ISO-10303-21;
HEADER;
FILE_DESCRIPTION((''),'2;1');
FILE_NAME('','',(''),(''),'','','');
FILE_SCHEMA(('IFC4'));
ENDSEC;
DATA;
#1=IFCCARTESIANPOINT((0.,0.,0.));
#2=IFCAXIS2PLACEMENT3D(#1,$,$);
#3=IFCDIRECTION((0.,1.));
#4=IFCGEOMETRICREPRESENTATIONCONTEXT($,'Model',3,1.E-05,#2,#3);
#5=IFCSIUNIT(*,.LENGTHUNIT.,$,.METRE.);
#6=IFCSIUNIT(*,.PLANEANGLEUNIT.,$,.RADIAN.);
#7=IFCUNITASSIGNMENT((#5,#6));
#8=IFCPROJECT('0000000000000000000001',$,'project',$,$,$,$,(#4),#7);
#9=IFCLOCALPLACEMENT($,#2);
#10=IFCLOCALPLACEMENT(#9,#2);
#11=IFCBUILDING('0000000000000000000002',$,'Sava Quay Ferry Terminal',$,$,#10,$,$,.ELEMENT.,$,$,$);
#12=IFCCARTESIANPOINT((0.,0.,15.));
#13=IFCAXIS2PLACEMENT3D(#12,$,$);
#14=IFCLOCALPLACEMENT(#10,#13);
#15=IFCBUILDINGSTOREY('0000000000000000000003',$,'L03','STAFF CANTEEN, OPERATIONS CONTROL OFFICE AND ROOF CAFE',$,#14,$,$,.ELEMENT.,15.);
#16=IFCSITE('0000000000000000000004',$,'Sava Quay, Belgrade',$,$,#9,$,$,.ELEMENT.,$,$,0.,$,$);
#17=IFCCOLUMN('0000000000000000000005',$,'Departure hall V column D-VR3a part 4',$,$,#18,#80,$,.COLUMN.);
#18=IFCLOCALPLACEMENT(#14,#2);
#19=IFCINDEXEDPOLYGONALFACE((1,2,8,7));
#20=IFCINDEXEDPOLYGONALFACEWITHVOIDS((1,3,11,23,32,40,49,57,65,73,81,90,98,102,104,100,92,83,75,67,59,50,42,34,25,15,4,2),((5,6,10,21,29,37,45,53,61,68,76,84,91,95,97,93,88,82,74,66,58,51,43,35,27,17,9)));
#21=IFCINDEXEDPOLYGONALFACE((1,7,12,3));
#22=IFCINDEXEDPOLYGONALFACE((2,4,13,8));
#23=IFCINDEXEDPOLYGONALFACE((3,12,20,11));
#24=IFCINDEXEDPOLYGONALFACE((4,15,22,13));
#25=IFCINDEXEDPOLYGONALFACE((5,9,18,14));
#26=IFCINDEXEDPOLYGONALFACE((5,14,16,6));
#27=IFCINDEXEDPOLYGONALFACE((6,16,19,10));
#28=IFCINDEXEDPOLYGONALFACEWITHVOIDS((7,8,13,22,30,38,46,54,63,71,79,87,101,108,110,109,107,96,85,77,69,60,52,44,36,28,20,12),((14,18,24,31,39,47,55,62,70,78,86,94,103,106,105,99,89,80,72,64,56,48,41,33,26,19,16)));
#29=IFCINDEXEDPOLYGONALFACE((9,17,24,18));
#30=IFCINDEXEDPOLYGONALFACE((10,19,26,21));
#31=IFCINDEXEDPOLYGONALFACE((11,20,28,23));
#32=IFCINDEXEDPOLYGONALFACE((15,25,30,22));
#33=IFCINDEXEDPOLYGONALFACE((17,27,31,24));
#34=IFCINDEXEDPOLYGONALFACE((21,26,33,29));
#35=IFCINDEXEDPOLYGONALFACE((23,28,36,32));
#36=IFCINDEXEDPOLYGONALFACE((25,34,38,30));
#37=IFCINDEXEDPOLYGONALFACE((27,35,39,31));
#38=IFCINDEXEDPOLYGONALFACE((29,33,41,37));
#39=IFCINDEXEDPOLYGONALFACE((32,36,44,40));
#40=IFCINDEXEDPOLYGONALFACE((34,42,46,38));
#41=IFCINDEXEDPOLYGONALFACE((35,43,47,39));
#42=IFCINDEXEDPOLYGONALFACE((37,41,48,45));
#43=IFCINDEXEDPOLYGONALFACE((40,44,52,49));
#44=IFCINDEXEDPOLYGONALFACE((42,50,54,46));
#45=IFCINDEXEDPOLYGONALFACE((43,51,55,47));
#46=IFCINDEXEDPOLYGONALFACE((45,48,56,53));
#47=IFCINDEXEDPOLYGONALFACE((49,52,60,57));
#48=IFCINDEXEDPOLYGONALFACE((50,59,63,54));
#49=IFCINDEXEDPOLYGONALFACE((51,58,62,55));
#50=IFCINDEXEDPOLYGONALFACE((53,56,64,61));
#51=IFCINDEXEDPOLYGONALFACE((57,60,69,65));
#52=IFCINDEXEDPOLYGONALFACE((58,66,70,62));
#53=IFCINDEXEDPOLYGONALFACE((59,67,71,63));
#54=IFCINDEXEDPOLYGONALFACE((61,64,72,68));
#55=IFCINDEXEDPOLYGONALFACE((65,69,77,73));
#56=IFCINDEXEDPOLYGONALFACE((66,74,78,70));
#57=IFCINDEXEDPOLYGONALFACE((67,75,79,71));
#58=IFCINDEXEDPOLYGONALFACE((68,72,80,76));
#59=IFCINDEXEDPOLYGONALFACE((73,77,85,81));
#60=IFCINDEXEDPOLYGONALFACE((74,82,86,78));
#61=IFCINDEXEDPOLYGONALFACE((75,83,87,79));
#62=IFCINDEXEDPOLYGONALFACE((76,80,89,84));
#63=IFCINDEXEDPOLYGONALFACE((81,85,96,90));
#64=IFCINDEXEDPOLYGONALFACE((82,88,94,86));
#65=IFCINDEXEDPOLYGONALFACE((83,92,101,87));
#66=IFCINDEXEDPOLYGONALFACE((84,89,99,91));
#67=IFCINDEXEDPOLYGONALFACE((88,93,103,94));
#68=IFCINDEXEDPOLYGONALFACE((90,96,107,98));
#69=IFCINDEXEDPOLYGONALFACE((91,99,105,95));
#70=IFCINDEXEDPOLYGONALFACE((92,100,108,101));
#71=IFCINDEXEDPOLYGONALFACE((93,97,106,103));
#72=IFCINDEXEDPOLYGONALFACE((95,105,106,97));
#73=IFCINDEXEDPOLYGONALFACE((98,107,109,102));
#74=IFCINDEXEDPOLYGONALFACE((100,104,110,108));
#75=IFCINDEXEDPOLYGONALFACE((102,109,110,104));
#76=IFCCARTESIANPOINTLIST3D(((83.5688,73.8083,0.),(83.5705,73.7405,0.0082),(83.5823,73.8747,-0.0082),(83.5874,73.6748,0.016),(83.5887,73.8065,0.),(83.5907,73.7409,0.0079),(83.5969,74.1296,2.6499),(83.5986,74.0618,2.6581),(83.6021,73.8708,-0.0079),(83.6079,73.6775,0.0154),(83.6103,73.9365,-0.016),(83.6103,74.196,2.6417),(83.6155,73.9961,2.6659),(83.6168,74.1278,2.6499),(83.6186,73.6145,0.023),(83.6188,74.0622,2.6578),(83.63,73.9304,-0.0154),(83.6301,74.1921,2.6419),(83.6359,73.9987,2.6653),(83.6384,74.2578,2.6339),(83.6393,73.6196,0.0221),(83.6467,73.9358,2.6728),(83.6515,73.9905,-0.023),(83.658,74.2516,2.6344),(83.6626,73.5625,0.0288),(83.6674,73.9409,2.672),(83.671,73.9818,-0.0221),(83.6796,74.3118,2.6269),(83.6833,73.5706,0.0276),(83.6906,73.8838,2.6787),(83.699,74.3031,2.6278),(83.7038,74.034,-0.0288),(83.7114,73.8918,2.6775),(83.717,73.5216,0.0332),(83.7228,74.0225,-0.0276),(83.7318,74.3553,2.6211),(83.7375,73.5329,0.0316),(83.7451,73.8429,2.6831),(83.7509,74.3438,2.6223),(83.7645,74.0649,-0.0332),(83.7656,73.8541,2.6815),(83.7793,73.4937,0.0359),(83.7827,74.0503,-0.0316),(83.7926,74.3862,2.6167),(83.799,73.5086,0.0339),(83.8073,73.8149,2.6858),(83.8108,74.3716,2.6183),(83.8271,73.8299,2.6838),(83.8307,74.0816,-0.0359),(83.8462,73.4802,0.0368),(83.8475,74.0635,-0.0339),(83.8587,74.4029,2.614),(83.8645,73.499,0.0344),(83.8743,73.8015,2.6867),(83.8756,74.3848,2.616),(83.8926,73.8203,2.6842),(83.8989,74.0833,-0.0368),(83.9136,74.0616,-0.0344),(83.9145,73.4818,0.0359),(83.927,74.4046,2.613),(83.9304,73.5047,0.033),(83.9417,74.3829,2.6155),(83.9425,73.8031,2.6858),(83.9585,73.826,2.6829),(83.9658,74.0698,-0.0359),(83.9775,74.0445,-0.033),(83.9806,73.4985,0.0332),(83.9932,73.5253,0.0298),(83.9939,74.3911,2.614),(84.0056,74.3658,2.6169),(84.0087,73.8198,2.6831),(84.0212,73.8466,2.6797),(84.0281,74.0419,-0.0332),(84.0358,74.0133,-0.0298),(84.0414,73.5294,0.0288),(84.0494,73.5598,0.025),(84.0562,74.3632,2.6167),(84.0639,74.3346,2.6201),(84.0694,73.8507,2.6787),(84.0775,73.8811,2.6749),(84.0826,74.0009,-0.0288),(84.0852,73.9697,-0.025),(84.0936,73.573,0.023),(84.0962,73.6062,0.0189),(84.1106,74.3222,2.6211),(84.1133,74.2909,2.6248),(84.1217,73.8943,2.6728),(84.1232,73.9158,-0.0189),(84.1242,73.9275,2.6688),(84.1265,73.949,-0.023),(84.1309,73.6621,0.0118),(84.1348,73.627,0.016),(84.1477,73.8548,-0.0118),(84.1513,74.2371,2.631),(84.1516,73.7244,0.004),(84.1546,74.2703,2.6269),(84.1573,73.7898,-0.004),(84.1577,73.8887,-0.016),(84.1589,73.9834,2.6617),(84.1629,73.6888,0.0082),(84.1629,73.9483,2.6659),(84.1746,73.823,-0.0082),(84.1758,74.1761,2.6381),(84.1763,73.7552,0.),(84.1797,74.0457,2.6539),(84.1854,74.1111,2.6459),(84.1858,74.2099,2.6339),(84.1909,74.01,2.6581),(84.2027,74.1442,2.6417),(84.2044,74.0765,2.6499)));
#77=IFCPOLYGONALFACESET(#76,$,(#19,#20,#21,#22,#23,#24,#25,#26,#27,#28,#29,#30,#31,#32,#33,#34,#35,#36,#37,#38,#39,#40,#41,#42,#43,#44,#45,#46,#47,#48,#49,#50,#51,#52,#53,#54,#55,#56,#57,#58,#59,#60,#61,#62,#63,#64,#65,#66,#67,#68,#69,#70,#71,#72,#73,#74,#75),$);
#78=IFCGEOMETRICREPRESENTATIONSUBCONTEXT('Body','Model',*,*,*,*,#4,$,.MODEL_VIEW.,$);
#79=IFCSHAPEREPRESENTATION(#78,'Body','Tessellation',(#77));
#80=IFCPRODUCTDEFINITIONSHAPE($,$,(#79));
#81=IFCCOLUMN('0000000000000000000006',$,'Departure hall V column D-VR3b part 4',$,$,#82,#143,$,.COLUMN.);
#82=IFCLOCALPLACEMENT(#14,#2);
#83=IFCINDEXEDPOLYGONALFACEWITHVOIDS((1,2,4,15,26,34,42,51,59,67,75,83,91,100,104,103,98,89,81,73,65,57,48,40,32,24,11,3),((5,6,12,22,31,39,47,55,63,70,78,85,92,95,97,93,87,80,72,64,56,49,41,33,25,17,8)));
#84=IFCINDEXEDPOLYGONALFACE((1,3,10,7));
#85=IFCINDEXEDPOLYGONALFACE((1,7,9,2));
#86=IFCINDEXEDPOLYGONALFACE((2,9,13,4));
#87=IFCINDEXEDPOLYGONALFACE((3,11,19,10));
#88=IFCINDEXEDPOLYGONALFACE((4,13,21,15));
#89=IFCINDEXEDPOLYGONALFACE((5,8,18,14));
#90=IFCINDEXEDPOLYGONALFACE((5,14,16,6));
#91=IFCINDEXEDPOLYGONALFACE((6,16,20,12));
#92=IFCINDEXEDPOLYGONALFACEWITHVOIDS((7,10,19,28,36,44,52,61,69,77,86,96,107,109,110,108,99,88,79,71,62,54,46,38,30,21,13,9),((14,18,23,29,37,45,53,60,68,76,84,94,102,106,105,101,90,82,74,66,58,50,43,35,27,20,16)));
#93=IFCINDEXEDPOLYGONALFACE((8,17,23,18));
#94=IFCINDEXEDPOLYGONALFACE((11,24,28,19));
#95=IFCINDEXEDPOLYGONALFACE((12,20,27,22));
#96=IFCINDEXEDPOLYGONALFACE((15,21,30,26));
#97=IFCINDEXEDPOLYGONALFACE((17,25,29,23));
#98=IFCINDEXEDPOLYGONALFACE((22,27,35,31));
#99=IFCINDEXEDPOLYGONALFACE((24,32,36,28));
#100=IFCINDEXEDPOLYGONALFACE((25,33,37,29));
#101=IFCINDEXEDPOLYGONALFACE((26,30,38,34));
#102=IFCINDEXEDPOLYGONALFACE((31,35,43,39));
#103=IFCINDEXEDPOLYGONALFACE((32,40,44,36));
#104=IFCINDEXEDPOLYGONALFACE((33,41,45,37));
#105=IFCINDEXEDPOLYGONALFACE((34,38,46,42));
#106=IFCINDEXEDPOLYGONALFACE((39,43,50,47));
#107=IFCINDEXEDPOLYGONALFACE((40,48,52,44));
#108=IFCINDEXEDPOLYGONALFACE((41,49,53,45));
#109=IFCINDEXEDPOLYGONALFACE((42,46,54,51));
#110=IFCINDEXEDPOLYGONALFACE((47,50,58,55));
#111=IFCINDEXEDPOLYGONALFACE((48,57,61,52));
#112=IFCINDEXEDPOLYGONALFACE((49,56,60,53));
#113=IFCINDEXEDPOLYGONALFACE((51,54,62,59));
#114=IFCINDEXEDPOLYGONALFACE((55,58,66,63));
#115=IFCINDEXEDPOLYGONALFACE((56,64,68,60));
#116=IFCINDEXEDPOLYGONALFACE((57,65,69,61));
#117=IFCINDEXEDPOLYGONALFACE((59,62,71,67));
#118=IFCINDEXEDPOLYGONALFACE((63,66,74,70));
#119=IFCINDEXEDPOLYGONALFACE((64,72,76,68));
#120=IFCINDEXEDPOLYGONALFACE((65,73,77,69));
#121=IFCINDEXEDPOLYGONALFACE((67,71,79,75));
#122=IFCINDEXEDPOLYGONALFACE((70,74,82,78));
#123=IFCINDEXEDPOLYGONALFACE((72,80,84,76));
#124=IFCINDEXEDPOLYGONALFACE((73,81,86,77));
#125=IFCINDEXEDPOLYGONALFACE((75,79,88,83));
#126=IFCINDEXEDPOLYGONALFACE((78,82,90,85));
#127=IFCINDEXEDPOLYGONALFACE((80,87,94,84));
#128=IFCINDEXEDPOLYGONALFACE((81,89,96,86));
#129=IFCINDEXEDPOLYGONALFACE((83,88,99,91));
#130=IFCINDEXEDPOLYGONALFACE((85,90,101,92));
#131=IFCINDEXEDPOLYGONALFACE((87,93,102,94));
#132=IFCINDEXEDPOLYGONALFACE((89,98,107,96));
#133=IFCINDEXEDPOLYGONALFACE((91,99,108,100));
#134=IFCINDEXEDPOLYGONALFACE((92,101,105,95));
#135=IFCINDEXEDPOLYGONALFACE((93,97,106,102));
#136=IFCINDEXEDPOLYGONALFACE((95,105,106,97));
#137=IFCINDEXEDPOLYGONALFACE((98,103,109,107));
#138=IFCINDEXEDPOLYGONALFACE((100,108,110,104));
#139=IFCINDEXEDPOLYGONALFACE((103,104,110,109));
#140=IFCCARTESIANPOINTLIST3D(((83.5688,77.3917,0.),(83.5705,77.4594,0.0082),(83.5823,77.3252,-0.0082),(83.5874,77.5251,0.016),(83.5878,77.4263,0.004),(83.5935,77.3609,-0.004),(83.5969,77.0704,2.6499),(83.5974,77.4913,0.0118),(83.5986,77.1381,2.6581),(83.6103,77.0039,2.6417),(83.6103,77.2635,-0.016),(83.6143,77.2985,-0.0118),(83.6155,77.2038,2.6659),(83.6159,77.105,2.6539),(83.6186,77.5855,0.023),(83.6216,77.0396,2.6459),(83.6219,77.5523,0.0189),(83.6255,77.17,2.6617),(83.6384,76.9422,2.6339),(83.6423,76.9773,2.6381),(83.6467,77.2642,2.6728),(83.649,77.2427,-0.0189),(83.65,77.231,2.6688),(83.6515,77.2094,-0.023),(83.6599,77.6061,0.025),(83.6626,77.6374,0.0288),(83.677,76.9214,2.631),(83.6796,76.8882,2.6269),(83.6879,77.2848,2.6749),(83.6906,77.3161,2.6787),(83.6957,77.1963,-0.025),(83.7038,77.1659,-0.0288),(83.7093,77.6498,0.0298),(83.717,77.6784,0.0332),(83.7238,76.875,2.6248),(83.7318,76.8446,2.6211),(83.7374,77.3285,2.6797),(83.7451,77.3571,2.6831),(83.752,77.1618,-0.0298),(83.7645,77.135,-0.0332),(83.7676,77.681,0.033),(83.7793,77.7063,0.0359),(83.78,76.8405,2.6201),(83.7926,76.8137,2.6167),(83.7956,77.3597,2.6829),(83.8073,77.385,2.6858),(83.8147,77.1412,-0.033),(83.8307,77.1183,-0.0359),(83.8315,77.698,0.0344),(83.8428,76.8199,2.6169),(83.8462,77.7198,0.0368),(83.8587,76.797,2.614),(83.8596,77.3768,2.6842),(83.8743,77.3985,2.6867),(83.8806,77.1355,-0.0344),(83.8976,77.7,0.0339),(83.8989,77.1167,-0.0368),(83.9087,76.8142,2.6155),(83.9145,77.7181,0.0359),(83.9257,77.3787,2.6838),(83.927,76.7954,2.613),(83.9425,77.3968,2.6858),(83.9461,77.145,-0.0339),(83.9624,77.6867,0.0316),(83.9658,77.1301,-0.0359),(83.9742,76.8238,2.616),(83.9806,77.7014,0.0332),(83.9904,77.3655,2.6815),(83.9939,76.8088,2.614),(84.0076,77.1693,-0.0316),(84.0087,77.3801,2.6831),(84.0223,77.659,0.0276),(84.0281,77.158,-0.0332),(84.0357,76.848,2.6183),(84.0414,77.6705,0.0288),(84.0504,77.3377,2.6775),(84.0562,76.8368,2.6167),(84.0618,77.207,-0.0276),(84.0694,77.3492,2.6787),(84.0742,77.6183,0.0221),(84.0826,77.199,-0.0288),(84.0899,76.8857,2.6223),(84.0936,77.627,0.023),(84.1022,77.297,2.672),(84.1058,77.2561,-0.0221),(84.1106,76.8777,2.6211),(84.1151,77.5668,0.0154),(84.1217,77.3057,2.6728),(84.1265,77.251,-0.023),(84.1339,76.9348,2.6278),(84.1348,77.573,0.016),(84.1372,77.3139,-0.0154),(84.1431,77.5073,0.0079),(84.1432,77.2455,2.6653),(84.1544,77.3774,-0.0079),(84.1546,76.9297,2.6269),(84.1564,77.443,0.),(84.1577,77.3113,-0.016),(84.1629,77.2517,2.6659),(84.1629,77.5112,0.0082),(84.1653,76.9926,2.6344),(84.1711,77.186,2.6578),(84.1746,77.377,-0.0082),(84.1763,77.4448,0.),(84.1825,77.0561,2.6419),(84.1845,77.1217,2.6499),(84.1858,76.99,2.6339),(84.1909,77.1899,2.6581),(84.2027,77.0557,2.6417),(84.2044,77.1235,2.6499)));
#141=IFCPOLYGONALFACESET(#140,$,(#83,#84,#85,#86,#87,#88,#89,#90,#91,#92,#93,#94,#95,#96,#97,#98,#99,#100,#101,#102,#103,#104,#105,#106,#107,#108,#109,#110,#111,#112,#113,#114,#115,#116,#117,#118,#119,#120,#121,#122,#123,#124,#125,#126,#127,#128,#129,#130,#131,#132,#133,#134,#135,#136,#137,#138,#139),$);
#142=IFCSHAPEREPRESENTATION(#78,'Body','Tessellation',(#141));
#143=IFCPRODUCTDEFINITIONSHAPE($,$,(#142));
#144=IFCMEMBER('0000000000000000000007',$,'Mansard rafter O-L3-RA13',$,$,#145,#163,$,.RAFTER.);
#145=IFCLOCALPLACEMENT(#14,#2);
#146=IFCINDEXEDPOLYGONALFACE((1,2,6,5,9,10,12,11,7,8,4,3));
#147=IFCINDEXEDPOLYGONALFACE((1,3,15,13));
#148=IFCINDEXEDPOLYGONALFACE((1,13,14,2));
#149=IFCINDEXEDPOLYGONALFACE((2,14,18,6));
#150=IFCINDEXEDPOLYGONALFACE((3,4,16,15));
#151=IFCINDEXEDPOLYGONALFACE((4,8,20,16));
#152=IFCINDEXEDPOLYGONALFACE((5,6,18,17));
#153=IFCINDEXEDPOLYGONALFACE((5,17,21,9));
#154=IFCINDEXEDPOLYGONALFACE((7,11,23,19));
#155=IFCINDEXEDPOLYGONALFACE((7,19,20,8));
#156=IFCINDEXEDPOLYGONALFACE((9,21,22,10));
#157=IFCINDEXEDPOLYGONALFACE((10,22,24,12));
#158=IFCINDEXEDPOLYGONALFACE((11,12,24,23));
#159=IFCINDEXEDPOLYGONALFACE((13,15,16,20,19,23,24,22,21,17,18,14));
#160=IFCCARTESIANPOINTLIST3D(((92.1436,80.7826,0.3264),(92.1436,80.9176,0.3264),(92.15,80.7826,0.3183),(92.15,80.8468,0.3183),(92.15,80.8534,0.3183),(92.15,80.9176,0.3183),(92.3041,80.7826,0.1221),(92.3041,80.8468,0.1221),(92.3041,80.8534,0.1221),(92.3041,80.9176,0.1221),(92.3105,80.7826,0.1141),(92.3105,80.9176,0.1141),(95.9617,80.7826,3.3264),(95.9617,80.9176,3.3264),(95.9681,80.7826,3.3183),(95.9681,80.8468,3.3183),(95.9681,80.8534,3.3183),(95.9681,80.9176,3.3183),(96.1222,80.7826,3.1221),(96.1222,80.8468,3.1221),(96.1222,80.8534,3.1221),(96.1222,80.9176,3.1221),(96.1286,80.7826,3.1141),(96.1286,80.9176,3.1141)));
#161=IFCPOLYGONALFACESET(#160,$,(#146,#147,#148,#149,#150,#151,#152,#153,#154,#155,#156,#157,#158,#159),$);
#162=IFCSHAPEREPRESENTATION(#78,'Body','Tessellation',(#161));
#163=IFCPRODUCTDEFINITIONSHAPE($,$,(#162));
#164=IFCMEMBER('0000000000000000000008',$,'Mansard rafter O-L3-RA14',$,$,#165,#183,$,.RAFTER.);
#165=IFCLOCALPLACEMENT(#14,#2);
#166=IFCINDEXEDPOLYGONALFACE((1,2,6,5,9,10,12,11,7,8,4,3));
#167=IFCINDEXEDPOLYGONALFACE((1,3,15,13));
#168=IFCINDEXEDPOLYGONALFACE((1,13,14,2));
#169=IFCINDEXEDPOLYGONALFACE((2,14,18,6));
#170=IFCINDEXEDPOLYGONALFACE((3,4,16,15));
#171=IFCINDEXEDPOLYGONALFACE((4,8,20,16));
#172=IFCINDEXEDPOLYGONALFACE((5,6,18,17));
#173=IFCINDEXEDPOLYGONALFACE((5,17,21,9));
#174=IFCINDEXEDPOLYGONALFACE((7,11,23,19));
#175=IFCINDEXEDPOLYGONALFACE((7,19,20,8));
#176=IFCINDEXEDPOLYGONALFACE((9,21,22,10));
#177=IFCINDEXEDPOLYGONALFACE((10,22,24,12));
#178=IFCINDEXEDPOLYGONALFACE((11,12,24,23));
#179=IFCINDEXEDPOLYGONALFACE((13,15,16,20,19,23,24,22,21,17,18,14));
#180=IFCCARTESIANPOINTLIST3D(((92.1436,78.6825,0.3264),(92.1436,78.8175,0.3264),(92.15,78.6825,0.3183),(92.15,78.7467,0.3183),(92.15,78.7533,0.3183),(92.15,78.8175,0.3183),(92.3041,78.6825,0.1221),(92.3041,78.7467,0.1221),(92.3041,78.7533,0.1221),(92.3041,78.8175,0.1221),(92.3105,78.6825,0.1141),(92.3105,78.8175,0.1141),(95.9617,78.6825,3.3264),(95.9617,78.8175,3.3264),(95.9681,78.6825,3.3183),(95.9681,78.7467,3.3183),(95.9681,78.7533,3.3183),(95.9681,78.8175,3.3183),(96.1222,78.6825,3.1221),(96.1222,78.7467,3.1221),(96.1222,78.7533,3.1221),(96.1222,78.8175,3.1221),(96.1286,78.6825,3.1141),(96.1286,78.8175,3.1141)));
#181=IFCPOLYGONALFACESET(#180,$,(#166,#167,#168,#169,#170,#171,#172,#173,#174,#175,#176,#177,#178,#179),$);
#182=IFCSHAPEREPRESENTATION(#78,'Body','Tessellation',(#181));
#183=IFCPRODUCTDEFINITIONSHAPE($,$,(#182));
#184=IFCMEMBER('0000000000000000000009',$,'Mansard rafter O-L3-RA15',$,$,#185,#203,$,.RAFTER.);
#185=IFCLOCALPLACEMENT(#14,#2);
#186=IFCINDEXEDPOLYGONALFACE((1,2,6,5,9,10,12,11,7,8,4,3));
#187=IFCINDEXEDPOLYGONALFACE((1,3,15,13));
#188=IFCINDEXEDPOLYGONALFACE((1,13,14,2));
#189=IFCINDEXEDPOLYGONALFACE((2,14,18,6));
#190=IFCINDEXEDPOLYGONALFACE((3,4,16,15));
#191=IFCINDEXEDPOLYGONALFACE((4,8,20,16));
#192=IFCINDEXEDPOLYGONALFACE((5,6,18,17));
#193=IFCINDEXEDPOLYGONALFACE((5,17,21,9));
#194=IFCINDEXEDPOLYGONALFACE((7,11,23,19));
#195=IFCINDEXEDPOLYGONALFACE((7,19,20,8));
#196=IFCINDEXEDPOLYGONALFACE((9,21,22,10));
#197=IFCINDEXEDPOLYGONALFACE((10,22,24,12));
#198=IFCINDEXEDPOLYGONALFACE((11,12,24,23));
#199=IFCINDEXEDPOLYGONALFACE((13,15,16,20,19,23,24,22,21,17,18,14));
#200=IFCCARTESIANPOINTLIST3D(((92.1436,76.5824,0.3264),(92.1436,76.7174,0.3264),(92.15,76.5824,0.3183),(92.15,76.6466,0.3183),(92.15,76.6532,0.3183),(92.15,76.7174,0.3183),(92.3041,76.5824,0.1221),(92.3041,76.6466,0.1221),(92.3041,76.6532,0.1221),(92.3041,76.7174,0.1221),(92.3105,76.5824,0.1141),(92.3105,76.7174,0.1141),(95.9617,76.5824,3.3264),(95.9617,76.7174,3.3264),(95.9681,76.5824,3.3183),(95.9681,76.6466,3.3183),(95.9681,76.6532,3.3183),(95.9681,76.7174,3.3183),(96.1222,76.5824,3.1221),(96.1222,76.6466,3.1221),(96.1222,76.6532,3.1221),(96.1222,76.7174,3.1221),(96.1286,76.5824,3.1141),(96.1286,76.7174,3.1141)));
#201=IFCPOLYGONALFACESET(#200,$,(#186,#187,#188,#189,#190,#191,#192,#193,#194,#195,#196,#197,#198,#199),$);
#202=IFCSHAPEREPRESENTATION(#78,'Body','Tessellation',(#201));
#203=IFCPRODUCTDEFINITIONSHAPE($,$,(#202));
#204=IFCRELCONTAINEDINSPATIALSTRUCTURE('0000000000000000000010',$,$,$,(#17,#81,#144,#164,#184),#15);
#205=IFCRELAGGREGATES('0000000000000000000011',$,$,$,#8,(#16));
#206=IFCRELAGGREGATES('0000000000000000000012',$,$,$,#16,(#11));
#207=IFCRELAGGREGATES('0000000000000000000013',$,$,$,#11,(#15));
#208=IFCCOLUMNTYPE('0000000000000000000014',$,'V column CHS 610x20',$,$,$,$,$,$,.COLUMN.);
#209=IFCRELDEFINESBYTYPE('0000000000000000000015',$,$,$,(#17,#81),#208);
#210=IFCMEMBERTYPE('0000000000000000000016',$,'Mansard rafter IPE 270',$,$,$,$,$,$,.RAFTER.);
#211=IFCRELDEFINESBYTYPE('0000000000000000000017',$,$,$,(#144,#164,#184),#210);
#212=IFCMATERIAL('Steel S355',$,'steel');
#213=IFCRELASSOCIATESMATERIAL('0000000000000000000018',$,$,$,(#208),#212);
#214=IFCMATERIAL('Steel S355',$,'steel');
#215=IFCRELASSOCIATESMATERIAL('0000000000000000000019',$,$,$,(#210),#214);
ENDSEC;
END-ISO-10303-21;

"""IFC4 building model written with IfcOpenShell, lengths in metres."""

from ifc_helpers import new_model, si_unit, direction, frame, origin, origin_2d, place, context, subcontext, project, spatial, hollow_circle, i_section, extrude, material, material_profile, profile_set, type_object, element, save


model = new_model("IFC4")

# Units and contexts
model_context = context("Model", 3, precision=1e-05, world=origin(), true_north=direction((0.0, 1.0)))
body_context = subcontext(model_context, "Body", "Model", "MODEL_VIEW")
ifc_project = project(units=[si_unit("LENGTHUNIT", "METRE"), si_unit("PLANEANGLEUNIT", "RADIAN")], contexts=[model_context])

# Site, building, storey
site_placement = place(None, origin())
site = spatial("IfcSite", under=ifc_project, at=site_placement, Name="Sava Quay, Belgrade", CompositionType="ELEMENT", RefElevation=0.0)
building_placement = place(site_placement, origin())
building = spatial("IfcBuilding", under=site, at=building_placement, Name="Sava Quay Ferry Terminal", CompositionType="ELEMENT")
storey_placement = place(building_placement, frame((0.0, 0.0, 15.0)))
storey = spatial("IfcBuildingStorey", under=building, at=storey_placement, Name="L03", Description="STAFF CANTEEN, OPERATIONS CONTROL OFFICE AND ROOF CAFE", CompositionType="ELEMENT", Elevation=15.0)

# Columns
ifc_material_1 = material(Name="Steel S355", Category="steel")
ifc_material_profile_1 = material_profile(ifc_material_1, hollow_circle(Radius=0.3049, WallThickness=0.02, at=origin_2d()), Name="CHS 610 x 20.0")
ifc_profile_set_1 = profile_set([ifc_material_profile_1], Name="Steel S355")
column_type = type_object("IfcColumnType", Name="V column CHS 610x20", PredefinedType="COLUMN", material=ifc_profile_set_1)
for number, where, z_axis, x_axis, name in (
    (1, (83.8726, 73.7817, 0.0), (0.010518, 0.120357, 0.992675), (-0.996204, 0.087054, 0.0), "Departure hall V column D-VR3a part 4"),
    (2, (83.8726, 77.4182, 0.0), (0.010518, -0.120357, 0.992675), (0.996204, 0.087054, 0.0), "Departure hall V column D-VR3b part 4"),
):
    element("IfcColumn", number, at=place(storey_placement, frame(where, z_axis=z_axis, x_axis=x_axis)), inside=storey, type_object=column_type, Name=name, PredefinedType="COLUMN", context=body_context, shape_type="SweptSolid", body=[
        extrude(hollow_circle(Radius=0.3049, WallThickness=0.02, at=origin_2d()), origin(), (0.0, 0.0, 1.0), 2.6694),
    ])

# Members
ifc_material_2 = material(Name="Steel S355", Category="steel")
ifc_material_profile_2 = material_profile(ifc_material_2, i_section(OverallWidth=0.135, OverallDepth=0.27, WebThickness=0.0066, FlangeThickness=0.0103, at=origin_2d()), Name="IPE 270")
ifc_profile_set_2 = profile_set([ifc_material_profile_2], Name="Steel S355")
member_type = type_object("IfcMemberType", Name="Mansard rafter IPE 270", PredefinedType="RAFTER", material=ifc_profile_set_2)
for number, where, z_axis, x_axis, name in (
    (3, (92.2271, 80.8501, 0.2202), (0.786313, 0.0, 0.617828), (0.0, 1.0, 0.0), "Mansard rafter O-L3-RA13"),
    (4, (92.2271, 78.75, 0.2202), (0.786313, 0.0, 0.617828), (0.0, 1.0, 0.0), "Mansard rafter O-L3-RA14"),
    (5, (92.2271, 76.6499, 0.2202), (0.786313, 0.0, 0.617828), (0.0, 1.0, 0.0), "Mansard rafter O-L3-RA15"),
):
    element("IfcMember", number, at=place(storey_placement, frame(where, z_axis=z_axis, x_axis=x_axis)), inside=storey, type_object=member_type, Name=name, PredefinedType="RAFTER", context=body_context, shape_type="SweptSolid", body=[
        extrude(i_section(OverallWidth=0.135, OverallDepth=0.27, WebThickness=0.0066, FlangeThickness=0.0103, at=origin_2d()), origin(), (0.0, 0.0, 1.0), 4.8557),
    ])

save(model, "model.ifc")
